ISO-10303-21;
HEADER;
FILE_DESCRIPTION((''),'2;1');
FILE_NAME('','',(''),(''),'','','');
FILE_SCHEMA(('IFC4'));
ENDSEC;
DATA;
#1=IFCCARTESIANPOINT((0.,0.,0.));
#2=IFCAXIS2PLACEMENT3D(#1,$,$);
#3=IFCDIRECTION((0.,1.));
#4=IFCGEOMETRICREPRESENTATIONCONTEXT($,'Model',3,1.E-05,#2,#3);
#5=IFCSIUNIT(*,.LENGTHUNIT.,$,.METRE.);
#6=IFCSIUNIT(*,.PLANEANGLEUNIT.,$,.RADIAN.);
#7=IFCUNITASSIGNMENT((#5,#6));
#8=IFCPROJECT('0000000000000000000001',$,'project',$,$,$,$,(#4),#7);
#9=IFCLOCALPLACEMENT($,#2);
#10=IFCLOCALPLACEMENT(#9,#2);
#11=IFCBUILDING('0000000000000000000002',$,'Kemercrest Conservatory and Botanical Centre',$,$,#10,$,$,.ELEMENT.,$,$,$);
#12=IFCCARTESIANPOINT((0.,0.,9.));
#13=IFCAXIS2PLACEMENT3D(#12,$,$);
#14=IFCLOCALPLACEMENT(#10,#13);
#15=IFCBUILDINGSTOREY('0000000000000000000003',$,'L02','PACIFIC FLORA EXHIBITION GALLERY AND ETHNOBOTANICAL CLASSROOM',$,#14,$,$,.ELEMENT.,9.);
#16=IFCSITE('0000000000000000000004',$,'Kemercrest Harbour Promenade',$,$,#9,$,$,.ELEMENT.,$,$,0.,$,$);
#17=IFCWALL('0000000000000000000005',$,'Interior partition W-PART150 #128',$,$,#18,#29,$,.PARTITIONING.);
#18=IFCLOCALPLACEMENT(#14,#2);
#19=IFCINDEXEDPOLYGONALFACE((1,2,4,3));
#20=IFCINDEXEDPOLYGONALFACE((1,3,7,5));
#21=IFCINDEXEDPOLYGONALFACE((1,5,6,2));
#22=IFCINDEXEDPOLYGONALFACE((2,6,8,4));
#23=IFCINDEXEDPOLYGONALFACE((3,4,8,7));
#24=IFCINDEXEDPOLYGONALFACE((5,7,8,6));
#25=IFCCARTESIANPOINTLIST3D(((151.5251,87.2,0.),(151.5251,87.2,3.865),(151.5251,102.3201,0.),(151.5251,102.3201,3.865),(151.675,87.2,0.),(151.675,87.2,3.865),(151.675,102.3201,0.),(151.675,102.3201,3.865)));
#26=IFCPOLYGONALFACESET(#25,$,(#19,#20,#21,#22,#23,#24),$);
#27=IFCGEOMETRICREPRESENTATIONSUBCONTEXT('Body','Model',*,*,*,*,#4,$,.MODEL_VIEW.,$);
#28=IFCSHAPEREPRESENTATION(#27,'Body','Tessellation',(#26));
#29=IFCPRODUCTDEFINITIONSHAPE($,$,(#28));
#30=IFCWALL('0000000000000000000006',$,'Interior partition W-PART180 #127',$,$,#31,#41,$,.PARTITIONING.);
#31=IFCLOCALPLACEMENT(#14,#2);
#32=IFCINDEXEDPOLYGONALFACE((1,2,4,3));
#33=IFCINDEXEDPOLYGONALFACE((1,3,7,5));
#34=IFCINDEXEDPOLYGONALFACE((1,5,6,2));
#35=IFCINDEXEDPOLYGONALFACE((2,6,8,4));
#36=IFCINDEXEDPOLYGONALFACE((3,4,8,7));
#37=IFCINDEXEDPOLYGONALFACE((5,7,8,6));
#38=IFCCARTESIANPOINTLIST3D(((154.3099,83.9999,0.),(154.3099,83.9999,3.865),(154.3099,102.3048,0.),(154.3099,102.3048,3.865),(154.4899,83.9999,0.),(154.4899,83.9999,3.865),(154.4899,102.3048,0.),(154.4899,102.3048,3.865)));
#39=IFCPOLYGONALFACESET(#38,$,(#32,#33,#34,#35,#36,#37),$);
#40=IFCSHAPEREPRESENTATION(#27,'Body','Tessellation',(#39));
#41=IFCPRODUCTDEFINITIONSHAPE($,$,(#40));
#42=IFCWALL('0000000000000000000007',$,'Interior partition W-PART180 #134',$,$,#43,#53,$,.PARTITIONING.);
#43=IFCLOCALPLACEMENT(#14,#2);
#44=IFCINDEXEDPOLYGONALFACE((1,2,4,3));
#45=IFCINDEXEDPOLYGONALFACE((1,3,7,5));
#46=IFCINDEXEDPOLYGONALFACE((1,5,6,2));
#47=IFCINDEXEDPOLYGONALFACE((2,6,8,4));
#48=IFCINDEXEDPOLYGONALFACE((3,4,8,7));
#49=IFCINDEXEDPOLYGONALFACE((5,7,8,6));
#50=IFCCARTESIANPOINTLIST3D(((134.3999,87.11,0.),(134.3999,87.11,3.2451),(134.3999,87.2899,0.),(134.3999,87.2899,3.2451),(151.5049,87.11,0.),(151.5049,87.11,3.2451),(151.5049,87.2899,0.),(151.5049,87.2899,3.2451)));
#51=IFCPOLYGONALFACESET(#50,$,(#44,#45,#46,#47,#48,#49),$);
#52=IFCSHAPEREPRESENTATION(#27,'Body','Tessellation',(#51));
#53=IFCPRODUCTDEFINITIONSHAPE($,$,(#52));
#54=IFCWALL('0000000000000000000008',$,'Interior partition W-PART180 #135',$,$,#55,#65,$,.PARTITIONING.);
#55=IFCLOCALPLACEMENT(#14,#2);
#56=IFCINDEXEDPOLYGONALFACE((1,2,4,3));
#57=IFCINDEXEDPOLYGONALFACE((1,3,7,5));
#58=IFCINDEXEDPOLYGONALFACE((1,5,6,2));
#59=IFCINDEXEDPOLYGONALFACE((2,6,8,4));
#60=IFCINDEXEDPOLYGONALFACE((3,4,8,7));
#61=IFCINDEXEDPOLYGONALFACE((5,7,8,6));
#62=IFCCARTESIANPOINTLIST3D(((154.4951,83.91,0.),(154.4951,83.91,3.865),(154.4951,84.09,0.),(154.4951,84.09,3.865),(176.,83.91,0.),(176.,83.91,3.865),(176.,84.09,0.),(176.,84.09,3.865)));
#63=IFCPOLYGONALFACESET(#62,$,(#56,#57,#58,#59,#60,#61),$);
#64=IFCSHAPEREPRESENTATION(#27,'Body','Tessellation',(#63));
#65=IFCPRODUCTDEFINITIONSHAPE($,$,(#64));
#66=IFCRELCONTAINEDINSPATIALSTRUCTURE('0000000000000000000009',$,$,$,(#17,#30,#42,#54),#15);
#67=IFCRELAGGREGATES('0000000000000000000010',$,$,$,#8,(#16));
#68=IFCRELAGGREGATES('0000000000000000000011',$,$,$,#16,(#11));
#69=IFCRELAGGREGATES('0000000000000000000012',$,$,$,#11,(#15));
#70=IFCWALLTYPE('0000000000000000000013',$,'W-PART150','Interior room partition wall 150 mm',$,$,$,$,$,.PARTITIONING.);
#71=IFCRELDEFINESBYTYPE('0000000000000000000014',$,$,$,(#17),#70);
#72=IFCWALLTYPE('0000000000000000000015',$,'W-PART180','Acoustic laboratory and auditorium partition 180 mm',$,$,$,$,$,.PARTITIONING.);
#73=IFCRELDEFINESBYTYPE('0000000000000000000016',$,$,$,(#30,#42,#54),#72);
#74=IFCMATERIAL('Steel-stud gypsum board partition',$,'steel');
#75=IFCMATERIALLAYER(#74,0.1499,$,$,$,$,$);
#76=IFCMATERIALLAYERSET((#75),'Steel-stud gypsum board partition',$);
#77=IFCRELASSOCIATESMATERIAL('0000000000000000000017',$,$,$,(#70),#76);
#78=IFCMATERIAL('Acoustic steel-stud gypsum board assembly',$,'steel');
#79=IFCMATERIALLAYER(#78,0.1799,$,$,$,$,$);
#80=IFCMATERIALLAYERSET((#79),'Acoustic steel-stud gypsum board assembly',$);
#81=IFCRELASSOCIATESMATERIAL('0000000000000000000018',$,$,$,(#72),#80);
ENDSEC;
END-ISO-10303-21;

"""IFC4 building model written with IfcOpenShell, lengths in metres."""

from ifc_helpers import new_model, si_unit, direction, frame, frame_2d, origin, place, context, subcontext, project, spatial, rectangle, extrude, material, layer, layer_set, type_object, element, save


model = new_model("IFC4")

# Units and contexts
model_context = context("Model", 3, precision=1e-05, world=origin(), true_north=direction((0.0, 1.0)))
body_context = subcontext(model_context, "Body", "Model", "MODEL_VIEW")
ifc_project = project(units=[si_unit("LENGTHUNIT", "METRE"), si_unit("PLANEANGLEUNIT", "RADIAN")], contexts=[model_context])

# Site, building, storey
site_placement = place(None, origin())
site = spatial("IfcSite", under=ifc_project, at=site_placement, Name="Kemercrest Harbour Promenade", CompositionType="ELEMENT", RefElevation=0.0)
building_placement = place(site_placement, origin())
building = spatial("IfcBuilding", under=site, at=building_placement, Name="Kemercrest Conservatory and Botanical Centre", CompositionType="ELEMENT")
storey_placement = place(building_placement, frame((0.0, 0.0, 9.0)))
storey = spatial("IfcBuildingStorey", under=building, at=storey_placement, Name="L02", Description="PACIFIC FLORA EXHIBITION GALLERY AND ETHNOBOTANICAL CLASSROOM", CompositionType="ELEMENT", Elevation=9.0)

# Walls
ifc_material_1 = material(Name="Steel-stud gypsum board partition", Category="steel")
ifc_layer_1 = layer(ifc_material_1, 0.1499)
ifc_layer_set_1 = layer_set([ifc_layer_1], Name="Steel-stud gypsum board partition")
wall_type_1 = type_object("IfcWallType", Name="W-PART150", Description="Interior room partition wall 150 mm", PredefinedType="PARTITIONING", material=ifc_layer_set_1)
wall_1_placement = place(storey_placement, frame((151.6001, 87.2, 0.0), z_axis=(0.0, 0.0, 1.0), x_axis=(0.0, 1.0, 0.0)))
element("IfcWall", 1, at=wall_1_placement, inside=storey, type_object=wall_type_1, Name="Interior partition W-PART150 #128", PredefinedType="PARTITIONING", context=body_context, shape_type="SweptSolid", body=[
    extrude(rectangle(XDim=15.1201, YDim=0.1499, at=frame_2d((7.5601, 0.0))), origin(), (0.0, 0.0, 1.0), 3.865),
])
ifc_material_2 = material(Name="Acoustic steel-stud gypsum board assembly", Category="steel")
ifc_layer_2 = layer(ifc_material_2, 0.1799)
ifc_layer_set_2 = layer_set([ifc_layer_2], Name="Acoustic steel-stud gypsum board assembly")
wall_type_2 = type_object("IfcWallType", Name="W-PART180", Description="Acoustic laboratory and auditorium partition 180 mm", PredefinedType="PARTITIONING", material=ifc_layer_set_2)
wall_2_placement = place(storey_placement, frame((154.3999, 84.0, 0.0), z_axis=(0.0, 0.0, 1.0), x_axis=(0.0, 1.0, 0.0)))
element("IfcWall", 2, at=wall_2_placement, inside=storey, type_object=wall_type_2, Name="Interior partition W-PART180 #127", PredefinedType="PARTITIONING", context=body_context, shape_type="SweptSolid", body=[
    extrude(rectangle(XDim=18.3049, YDim=0.1799, at=frame_2d((9.1523, 0.0))), origin(), (0.0, 0.0, 1.0), 3.865),
])
wall_3_placement = place(storey_placement, frame((134.3999, 87.2, 0.0), z_axis=(0.0, 0.0, 1.0), x_axis=(1.0, 0.0, 0.0)))
element("IfcWall", 3, at=wall_3_placement, inside=storey, type_object=wall_type_2, Name="Interior partition W-PART180 #134", PredefinedType="PARTITIONING", context=body_context, shape_type="SweptSolid", body=[
    extrude(rectangle(XDim=17.105, YDim=0.1799, at=frame_2d((8.5525, 0.0))), origin(), (0.0, 0.0, 1.0), 3.2451),
])
wall_4_placement = place(storey_placement, frame((154.4951, 84.0, 0.0), z_axis=(0.0, 0.0, 1.0), x_axis=(1.0, 0.0, 0.0)))
element("IfcWall", 4, at=wall_4_placement, inside=storey, type_object=wall_type_2, Name="Interior partition W-PART180 #135", PredefinedType="PARTITIONING", context=body_context, shape_type="SweptSolid", body=[
    extrude(rectangle(XDim=21.5049, YDim=0.1799, at=frame_2d((10.7524, 0.0))), origin(), (0.0, 0.0, 1.0), 3.865),
])

save(model, "model.ifc")
